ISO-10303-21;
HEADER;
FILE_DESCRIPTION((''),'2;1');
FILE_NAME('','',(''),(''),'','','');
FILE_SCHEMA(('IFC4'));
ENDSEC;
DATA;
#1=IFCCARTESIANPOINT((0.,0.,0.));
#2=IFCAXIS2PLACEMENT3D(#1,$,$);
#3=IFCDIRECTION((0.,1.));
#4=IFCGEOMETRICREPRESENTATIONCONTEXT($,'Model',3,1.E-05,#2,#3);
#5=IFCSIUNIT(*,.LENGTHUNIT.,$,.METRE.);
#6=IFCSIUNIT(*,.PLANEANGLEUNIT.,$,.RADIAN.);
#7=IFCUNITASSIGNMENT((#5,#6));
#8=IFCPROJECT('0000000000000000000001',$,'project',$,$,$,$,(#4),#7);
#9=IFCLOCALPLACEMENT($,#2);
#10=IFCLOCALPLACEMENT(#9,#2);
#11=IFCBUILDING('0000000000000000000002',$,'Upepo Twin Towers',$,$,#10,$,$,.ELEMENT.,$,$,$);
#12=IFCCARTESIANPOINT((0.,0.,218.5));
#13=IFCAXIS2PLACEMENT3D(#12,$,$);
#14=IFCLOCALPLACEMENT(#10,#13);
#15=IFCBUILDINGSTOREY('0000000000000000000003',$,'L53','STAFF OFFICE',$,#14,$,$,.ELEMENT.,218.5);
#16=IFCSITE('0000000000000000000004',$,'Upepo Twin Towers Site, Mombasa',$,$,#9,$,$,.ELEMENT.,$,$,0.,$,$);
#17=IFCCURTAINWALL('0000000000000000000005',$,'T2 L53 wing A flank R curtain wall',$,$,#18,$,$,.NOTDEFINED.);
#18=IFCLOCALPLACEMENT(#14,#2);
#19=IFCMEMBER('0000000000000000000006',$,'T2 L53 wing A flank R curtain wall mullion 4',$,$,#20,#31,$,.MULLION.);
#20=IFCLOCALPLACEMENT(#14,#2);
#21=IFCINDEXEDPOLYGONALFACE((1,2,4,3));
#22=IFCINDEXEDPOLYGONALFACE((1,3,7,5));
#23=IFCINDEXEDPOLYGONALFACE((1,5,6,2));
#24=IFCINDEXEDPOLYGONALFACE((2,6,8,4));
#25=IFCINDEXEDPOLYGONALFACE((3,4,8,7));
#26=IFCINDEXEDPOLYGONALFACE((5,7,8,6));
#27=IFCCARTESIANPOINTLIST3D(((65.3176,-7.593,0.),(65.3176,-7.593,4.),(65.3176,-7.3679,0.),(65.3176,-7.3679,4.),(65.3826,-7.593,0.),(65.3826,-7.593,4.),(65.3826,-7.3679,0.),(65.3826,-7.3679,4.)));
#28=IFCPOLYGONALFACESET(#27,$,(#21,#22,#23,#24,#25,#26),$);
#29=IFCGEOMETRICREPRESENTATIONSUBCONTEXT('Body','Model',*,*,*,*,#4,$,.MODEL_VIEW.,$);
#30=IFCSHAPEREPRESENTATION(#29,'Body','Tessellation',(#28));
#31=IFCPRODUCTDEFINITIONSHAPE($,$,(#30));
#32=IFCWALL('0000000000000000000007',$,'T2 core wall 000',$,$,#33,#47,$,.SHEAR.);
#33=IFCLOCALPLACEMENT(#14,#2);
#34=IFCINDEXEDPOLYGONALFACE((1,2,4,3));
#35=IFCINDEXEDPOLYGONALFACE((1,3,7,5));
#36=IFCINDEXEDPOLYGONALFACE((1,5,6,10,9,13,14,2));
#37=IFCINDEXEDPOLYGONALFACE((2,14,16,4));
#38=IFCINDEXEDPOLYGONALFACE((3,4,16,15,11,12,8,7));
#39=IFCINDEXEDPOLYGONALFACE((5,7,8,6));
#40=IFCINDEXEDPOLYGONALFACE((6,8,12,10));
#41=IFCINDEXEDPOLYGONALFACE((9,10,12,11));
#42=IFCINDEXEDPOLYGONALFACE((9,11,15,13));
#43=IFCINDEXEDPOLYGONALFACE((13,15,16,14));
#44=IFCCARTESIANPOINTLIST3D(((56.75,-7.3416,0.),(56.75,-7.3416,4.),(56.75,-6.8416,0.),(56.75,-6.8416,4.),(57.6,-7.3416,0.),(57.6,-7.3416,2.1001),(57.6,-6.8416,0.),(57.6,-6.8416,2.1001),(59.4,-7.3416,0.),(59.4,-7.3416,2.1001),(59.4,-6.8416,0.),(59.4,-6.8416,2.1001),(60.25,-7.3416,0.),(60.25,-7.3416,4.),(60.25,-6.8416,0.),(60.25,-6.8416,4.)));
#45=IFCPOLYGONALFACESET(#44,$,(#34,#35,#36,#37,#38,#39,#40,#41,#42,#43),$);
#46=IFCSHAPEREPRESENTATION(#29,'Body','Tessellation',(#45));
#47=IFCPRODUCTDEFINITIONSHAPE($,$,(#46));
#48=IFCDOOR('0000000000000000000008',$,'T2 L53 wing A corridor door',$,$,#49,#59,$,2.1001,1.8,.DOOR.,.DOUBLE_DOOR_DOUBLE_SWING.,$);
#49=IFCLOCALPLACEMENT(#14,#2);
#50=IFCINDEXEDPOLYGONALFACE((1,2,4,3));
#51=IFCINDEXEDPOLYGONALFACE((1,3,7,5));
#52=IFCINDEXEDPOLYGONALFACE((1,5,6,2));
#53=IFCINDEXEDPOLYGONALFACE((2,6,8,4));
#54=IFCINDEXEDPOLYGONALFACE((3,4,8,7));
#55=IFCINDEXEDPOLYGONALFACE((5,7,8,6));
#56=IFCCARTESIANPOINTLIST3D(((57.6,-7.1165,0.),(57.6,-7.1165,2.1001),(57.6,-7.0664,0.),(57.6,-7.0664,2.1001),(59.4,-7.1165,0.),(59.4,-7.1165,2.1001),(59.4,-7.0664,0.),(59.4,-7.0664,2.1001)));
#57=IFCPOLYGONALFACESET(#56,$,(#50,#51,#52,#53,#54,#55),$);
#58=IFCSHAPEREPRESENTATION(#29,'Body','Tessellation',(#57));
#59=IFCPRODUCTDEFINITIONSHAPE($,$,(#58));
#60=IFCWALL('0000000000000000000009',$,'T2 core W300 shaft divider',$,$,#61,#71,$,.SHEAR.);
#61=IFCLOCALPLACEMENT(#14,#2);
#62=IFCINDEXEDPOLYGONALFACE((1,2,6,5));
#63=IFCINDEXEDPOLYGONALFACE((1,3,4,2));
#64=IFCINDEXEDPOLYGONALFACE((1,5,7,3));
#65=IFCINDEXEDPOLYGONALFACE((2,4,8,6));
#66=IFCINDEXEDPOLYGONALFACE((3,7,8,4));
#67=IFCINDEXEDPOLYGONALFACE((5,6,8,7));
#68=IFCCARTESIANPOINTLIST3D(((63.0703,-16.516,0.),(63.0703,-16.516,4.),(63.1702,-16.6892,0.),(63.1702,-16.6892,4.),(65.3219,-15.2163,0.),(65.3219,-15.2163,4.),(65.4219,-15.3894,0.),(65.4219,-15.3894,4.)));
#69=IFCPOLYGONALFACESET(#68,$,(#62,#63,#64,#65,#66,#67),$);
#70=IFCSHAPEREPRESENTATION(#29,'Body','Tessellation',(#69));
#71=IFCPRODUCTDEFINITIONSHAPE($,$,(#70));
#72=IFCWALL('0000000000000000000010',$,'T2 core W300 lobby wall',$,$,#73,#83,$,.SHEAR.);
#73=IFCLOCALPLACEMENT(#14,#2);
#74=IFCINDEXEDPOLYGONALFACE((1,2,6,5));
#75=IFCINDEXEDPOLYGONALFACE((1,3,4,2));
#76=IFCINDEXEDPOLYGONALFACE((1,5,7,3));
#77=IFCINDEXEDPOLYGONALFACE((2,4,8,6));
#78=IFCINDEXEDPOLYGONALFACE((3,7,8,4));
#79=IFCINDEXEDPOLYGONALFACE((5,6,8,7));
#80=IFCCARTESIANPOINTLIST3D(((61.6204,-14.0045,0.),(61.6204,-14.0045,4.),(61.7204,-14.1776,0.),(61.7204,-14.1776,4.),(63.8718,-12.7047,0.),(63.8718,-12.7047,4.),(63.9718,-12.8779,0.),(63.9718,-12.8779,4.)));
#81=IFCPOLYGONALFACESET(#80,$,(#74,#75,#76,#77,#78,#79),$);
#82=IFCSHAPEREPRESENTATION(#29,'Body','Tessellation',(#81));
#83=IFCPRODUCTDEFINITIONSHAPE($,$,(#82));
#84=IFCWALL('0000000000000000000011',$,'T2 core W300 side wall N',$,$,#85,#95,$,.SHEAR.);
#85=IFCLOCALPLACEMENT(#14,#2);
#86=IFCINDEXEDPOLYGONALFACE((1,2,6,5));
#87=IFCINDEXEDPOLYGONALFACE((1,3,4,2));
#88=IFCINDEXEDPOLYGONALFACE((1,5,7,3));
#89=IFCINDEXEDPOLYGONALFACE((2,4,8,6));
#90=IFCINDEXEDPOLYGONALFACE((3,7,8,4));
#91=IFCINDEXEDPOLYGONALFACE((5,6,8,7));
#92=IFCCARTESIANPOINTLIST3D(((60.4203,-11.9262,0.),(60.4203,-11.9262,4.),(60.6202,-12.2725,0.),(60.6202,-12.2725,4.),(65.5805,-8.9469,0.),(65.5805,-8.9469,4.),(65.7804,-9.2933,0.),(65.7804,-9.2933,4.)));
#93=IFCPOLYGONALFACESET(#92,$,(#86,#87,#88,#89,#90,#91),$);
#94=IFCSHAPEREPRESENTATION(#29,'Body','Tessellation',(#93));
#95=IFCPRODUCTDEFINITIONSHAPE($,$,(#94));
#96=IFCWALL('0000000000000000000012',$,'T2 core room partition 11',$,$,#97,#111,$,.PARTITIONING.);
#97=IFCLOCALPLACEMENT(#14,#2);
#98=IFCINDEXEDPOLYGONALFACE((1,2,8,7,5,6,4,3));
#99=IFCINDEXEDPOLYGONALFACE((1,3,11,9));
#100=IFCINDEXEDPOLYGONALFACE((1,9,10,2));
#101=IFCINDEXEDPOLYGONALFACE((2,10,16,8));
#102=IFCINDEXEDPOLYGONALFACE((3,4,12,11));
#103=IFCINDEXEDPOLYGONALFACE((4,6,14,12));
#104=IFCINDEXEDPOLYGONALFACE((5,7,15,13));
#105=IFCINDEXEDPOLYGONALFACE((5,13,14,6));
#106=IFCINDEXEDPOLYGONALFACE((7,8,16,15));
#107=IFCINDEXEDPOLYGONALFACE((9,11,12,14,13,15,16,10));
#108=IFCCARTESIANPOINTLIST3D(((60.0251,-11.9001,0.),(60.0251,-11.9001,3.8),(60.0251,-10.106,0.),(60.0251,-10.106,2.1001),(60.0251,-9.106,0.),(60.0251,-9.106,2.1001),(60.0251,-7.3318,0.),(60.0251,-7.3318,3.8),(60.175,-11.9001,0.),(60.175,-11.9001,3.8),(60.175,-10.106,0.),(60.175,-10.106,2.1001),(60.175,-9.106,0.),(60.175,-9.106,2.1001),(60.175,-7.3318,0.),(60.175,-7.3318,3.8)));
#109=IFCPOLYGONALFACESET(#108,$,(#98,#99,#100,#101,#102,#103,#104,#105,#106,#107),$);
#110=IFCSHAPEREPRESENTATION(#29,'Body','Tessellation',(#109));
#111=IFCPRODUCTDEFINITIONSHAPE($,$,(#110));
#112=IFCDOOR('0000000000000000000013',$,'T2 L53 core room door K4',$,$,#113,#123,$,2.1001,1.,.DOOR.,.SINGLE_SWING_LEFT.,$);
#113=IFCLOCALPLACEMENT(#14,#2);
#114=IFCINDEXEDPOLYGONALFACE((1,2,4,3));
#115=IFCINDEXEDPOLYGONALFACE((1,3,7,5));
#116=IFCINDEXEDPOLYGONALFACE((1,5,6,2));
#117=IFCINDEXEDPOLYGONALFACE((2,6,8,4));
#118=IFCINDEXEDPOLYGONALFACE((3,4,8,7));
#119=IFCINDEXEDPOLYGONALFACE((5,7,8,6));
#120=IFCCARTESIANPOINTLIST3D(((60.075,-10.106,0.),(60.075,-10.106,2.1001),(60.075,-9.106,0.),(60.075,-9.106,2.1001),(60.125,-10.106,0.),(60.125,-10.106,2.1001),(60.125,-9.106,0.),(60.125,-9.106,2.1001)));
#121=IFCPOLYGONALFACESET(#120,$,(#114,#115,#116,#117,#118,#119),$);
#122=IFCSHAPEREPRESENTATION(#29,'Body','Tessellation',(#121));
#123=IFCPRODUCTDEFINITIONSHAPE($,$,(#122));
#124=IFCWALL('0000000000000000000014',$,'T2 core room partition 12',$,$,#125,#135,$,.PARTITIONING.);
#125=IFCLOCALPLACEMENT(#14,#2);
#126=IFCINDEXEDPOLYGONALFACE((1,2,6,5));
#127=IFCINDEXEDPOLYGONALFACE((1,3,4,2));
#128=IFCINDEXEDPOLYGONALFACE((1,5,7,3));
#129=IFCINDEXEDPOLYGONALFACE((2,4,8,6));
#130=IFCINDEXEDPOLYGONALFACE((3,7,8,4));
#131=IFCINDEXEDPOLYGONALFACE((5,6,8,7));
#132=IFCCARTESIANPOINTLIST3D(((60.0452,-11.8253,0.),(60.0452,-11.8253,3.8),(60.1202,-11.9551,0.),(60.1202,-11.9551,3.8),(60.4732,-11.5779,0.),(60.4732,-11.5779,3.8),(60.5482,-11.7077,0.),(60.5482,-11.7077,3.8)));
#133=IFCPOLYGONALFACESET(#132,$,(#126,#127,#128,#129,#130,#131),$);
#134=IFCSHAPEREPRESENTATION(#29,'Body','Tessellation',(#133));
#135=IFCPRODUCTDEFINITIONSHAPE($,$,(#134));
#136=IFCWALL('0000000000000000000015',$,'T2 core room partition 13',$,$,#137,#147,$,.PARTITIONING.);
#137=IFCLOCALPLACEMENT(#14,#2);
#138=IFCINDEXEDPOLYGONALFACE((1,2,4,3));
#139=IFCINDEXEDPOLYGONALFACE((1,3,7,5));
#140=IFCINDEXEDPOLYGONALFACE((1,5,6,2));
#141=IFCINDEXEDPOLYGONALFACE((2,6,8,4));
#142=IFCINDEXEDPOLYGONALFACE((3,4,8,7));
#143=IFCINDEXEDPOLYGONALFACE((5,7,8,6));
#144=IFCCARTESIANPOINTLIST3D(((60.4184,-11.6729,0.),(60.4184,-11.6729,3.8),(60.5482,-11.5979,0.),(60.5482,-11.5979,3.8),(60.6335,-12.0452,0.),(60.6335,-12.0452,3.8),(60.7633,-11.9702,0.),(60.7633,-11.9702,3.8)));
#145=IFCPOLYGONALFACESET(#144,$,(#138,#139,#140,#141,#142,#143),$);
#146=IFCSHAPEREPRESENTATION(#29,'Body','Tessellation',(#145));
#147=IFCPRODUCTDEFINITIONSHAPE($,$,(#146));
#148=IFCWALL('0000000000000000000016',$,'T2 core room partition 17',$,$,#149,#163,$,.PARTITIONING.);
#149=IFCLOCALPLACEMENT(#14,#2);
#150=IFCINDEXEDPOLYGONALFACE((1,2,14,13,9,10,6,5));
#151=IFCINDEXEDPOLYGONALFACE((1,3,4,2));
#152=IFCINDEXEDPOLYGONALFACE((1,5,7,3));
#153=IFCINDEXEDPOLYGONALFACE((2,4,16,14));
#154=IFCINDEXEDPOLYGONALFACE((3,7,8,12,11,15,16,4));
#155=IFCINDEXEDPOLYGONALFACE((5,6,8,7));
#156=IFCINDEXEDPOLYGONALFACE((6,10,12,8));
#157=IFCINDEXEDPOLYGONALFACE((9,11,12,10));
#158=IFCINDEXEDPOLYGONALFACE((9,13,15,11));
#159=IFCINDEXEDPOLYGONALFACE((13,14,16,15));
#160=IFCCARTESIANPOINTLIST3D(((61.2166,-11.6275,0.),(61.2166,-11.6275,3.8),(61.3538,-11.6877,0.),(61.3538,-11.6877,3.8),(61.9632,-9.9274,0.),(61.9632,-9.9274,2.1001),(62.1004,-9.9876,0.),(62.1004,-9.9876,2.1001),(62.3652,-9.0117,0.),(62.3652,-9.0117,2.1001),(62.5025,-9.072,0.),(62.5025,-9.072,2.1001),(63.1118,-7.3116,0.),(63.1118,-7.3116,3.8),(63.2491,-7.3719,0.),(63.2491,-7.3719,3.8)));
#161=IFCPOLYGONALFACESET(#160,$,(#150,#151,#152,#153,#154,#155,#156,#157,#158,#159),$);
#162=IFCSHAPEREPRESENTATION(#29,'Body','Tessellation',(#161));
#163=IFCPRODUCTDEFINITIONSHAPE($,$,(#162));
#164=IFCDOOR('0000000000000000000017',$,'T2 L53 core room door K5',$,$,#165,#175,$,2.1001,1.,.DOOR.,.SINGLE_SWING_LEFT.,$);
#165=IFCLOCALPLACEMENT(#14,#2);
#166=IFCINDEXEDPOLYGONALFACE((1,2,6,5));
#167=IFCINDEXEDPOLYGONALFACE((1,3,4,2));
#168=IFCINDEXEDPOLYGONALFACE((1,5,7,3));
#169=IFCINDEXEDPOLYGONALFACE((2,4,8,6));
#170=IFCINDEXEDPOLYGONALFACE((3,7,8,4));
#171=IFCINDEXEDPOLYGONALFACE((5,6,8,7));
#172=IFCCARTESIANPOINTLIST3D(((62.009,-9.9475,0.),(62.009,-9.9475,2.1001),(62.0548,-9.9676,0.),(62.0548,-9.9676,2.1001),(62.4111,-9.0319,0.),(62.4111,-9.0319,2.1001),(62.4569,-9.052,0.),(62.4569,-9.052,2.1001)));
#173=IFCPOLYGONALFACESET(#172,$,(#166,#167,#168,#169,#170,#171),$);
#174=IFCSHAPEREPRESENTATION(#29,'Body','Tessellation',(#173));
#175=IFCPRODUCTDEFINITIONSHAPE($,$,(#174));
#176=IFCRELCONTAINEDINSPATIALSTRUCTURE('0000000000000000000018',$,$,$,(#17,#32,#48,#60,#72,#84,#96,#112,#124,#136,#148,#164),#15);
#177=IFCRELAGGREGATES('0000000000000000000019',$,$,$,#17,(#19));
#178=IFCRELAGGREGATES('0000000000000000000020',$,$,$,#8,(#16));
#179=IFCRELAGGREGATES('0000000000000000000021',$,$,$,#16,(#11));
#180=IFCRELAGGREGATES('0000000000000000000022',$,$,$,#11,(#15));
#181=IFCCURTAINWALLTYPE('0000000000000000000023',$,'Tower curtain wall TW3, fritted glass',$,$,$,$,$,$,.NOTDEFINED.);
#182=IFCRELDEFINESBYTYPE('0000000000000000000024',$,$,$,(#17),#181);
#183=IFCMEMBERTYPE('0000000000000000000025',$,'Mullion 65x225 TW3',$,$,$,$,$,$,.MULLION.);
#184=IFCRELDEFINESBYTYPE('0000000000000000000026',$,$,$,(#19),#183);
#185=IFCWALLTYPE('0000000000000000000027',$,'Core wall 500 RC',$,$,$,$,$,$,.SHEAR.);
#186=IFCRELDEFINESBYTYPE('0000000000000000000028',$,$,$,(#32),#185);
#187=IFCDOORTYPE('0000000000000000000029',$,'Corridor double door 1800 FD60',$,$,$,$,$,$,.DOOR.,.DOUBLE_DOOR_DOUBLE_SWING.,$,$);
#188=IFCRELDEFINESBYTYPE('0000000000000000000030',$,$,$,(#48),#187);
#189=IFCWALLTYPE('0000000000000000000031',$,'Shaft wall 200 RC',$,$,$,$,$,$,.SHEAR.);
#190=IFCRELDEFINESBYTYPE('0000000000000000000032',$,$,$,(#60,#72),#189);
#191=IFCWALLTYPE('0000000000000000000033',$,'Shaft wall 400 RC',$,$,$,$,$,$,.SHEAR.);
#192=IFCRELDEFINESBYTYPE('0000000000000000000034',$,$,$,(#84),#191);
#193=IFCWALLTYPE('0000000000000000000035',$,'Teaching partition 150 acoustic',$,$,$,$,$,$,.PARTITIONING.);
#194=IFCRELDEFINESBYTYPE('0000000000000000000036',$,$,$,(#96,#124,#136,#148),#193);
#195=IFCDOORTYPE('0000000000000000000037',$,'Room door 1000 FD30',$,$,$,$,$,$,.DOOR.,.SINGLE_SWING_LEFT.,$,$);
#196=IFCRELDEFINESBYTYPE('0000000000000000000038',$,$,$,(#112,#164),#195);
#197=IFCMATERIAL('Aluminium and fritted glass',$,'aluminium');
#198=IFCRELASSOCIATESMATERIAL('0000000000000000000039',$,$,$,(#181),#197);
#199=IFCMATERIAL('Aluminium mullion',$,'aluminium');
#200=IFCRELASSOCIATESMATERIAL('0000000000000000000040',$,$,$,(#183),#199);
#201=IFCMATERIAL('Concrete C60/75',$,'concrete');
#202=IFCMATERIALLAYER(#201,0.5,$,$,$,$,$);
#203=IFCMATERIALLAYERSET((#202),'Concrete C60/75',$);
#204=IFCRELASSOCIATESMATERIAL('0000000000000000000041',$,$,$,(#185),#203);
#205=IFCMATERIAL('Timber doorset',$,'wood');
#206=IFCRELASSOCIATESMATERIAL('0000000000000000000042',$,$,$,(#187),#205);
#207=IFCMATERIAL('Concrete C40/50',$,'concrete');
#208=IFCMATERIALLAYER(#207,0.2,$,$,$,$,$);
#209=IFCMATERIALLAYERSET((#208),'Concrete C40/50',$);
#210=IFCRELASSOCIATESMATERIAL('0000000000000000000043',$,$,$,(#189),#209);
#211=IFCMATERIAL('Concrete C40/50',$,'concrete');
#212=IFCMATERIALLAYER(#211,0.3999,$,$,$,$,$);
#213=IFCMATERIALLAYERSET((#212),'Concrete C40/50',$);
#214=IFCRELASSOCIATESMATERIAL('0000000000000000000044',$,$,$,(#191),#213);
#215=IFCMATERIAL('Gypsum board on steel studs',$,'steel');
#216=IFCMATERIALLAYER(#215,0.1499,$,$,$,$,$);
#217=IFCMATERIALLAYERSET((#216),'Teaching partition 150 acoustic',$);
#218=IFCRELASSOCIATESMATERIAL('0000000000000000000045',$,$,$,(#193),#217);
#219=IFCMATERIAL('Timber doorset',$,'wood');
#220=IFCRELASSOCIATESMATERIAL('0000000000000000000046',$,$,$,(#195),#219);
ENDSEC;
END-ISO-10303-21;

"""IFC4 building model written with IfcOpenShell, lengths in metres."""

from ifc_helpers import new_model, si_unit, direction, frame, frame_2d, origin, origin_2d, place, context, subcontext, project, spatial, rectangle, extrude, material, layer, layer_set, material_profile, profile_set, type_object, element, fill, aggregate, save


model = new_model("IFC4")

# Units and contexts
model_context = context("Model", 3, precision=1e-05, world=origin(), true_north=direction((0.0, 1.0)))
body_context = subcontext(model_context, "Body", "Model", "MODEL_VIEW")
ifc_project = project(units=[si_unit("LENGTHUNIT", "METRE"), si_unit("PLANEANGLEUNIT", "RADIAN")], contexts=[model_context])

# Site, building, storey
site_placement = place(None, origin())
site = spatial("IfcSite", under=ifc_project, at=site_placement, Name="Upepo Twin Towers Site, Mombasa", CompositionType="ELEMENT", RefElevation=0.0)
building_placement = place(site_placement, origin())
building = spatial("IfcBuilding", under=site, at=building_placement, Name="Upepo Twin Towers", CompositionType="ELEMENT")
storey_placement = place(building_placement, frame((0.0, 0.0, 218.5)))
storey = spatial("IfcBuildingStorey", under=building, at=storey_placement, Name="L53", Description="STAFF OFFICE", CompositionType="ELEMENT", Elevation=218.5)

# Curtain wall, member
ifc_material_1 = material(Name="Aluminium and fritted glass", Category="aluminium")
curtain_wall_type = type_object("IfcCurtainWallType", Name="Tower curtain wall TW3, fritted glass", PredefinedType="NOTDEFINED", material=ifc_material_1)
curtain_wall_placement = place(storey_placement, origin())
curtain_wall = element("IfcCurtainWall", 1, at=curtain_wall_placement, inside=storey, type_object=curtain_wall_type, Name="T2 L53 wing A flank R curtain wall", PredefinedType="NOTDEFINED")
ifc_material_2 = material(Name="Aluminium mullion", Category="aluminium")
ifc_material_profile = material_profile(ifc_material_2, rectangle(XDim=0.0649, YDim=0.2251, at=origin_2d()), Name="MULLION 65x225")
ifc_profile_set = profile_set([ifc_material_profile], Name="Aluminium mullion")
member_type = type_object("IfcMemberType", Name="Mullion 65x225 TW3", PredefinedType="MULLION", material=ifc_profile_set)
member_placement = place(storey_placement, frame((65.3501, -7.4805, 0.0), z_axis=(0.0, 0.0, 1.0), x_axis=(1.0, 0.0, 0.0)))
member = element("IfcMember", 2, at=member_placement, type_object=member_type, Name="T2 L53 wing A flank R curtain wall mullion 4", PredefinedType="MULLION", context=body_context, shape_type="SweptSolid", body=[
    extrude(rectangle(XDim=0.0649, YDim=0.2251, at=origin_2d()), origin(), (0.0, 0.0, 1.0), 4.0),
])
aggregate(curtain_wall, [member])

# Wall, opening, door
ifc_material_3 = material(Name="Concrete C60/75", Category="concrete")
ifc_layer_1 = layer(ifc_material_3, 0.5)
ifc_layer_set_1 = layer_set([ifc_layer_1], Name="Concrete C60/75")
wall_type_1 = type_object("IfcWallType", Name="Core wall 500 RC", PredefinedType="SHEAR", material=ifc_layer_set_1)
wall_1_placement = place(storey_placement, frame((60.25, -7.0916, 0.0), z_axis=(0.0, 0.0, 1.0), x_axis=(-1.0, 0.0, 0.0)))
wall_1 = element("IfcWall", 3, at=wall_1_placement, inside=storey, type_object=wall_type_1, Name="T2 core wall 000", PredefinedType="SHEAR", context=body_context, shape_type="SweptSolid", body=[
    extrude(rectangle(XDim=3.5, YDim=0.5, at=frame_2d((1.75, 0.0))), origin(), (0.0, 0.0, 1.0), 4.0),
])
opening_1_placement = place(wall_1_placement, frame((0.8501, 0.0, 0.0)))
opening_1 = element("IfcOpeningElement", 4, at=opening_1_placement, cuts=wall_1, PredefinedType="OPENING", context=body_context, shape_type="SweptSolid", body=[
    extrude(rectangle(XDim=1.8, YDim=2.1001, at=frame_2d((0.8999, 1.05))), frame((0.0, 0.26, 0.0), z_axis=(0.0, -1.0, 0.0), x_axis=(1.0, 0.0, 0.0)), (0.0, 0.0, 1.0), 0.52),
])
ifc_material_4 = material(Name="Timber doorset", Category="wood")
door_type_1 = type_object("IfcDoorType", Name="Corridor double door 1800 FD60", OperationType="DOUBLE_DOOR_DOUBLE_SWING", PredefinedType="DOOR", material=ifc_material_4)
door_1_placement = place(opening_1_placement, origin())
door_1 = element("IfcDoor", 5, at=door_1_placement, inside=storey, type_object=door_type_1, Name="T2 L53 wing A corridor door", OperationType="DOUBLE_DOOR_DOUBLE_SWING", OverallHeight=2.1001, OverallWidth=1.8, PredefinedType="DOOR", context=body_context, shape_type="SweptSolid", body=[
    extrude(rectangle(XDim=1.8, YDim=2.1001, at=frame_2d((0.8999, 1.05))), frame((0.0, 0.0249, 0.0), z_axis=(0.0, -1.0, 0.0), x_axis=(1.0, 0.0, 0.0)), (0.0, 0.0, 1.0), 0.05),
])
fill(opening_1, door_1)

# Walls
ifc_material_5 = material(Name="Concrete C40/50", Category="concrete")
ifc_layer_2 = layer(ifc_material_5, 0.2)
ifc_layer_set_2 = layer_set([ifc_layer_2], Name="Concrete C40/50")
wall_type_2 = type_object("IfcWallType", Name="Shaft wall 200 RC", PredefinedType="SHEAR", material=ifc_layer_set_2)
wall_2_placement = place(storey_placement, frame((63.1204, -16.6025, 0.0), z_axis=(0.0, 0.0, 1.0), x_axis=(0.866062, 0.499937, 0.0)))
element("IfcWall", 6, at=wall_2_placement, inside=storey, type_object=wall_type_2, Name="T2 core W300 shaft divider", PredefinedType="SHEAR", context=body_context, shape_type="SweptSolid", body=[
    extrude(rectangle(XDim=2.5999, YDim=0.2, at=frame_2d((1.2998, 0.0))), origin(), (0.0, 0.0, 1.0), 4.0),
])
wall_3_placement = place(storey_placement, frame((61.6704, -14.0911, 0.0), z_axis=(0.0, 0.0, 1.0), x_axis=(0.866039, 0.499977, 0.0)))
element("IfcWall", 7, at=wall_3_placement, inside=storey, type_object=wall_type_2, Name="T2 core W300 lobby wall", PredefinedType="SHEAR", context=body_context, shape_type="SweptSolid", body=[
    extrude(rectangle(XDim=2.5996, YDim=0.2, at=frame_2d((1.2998, 0.0))), origin(), (0.0, 0.0, 1.0), 4.0),
])
ifc_material_6 = material(Name="Concrete C40/50", Category="concrete")
ifc_layer_3 = layer(ifc_material_6, 0.3999)
ifc_layer_set_3 = layer_set([ifc_layer_3], Name="Concrete C40/50")
wall_type_3 = type_object("IfcWallType", Name="Shaft wall 400 RC", PredefinedType="SHEAR", material=ifc_layer_set_3)
wall_4_placement = place(storey_placement, frame((60.5203, -12.0994, 0.0), z_axis=(0.0, 0.0, 1.0), x_axis=(0.866023, 0.500004, 0.0)))
element("IfcWall", 8, at=wall_4_placement, inside=storey, type_object=wall_type_3, Name="T2 core W300 side wall N", PredefinedType="SHEAR", context=body_context, shape_type="SweptSolid", body=[
    extrude(rectangle(XDim=5.9585, YDim=0.3999, at=frame_2d((2.9792, 0.0))), origin(), (0.0, 0.0, 1.0), 4.0),
])

# Wall, opening, door
ifc_material_7 = material(Name="Gypsum board on steel studs", Category="steel")
ifc_layer_4 = layer(ifc_material_7, 0.1499)
ifc_layer_set_4 = layer_set([ifc_layer_4], Name="Teaching partition 150 acoustic")
wall_type_4 = type_object("IfcWallType", Name="Teaching partition 150 acoustic", PredefinedType="PARTITIONING", material=ifc_layer_set_4)
wall_5_placement = place(storey_placement, frame((60.1001, -7.3318, 0.0), z_axis=(0.0, 0.0, 1.0), x_axis=(0.0, -1.0, 0.0)))
wall_5 = element("IfcWall", 9, at=wall_5_placement, inside=storey, type_object=wall_type_4, Name="T2 core room partition 11", PredefinedType="PARTITIONING", context=body_context, shape_type="SweptSolid", body=[
    extrude(rectangle(XDim=4.5684, YDim=0.1499, at=frame_2d((2.2842, 0.0))), origin(), (0.0, 0.0, 1.0), 3.8),
])
opening_2_placement = place(wall_5_placement, frame((1.7742, 0.0, 0.0)))
opening_2 = element("IfcOpeningElement", 10, at=opening_2_placement, cuts=wall_5, PredefinedType="OPENING", context=body_context, shape_type="SweptSolid", body=[
    extrude(rectangle(XDim=1.0, YDim=2.1001, at=frame_2d((0.5, 1.05))), frame((0.0, 0.085, 0.0), z_axis=(0.0, -1.0, 0.0), x_axis=(1.0, 0.0, 0.0)), (0.0, 0.0, 1.0), 0.1699),
])
ifc_material_8 = material(Name="Timber doorset", Category="wood")
door_type_2 = type_object("IfcDoorType", Name="Room door 1000 FD30", OperationType="SINGLE_SWING_LEFT", PredefinedType="DOOR", material=ifc_material_8)
door_2_placement = place(opening_2_placement, origin())
door_2 = element("IfcDoor", 11, at=door_2_placement, inside=storey, type_object=door_type_2, Name="T2 L53 core room door K4", OperationType="SINGLE_SWING_LEFT", OverallHeight=2.1001, OverallWidth=1.0, PredefinedType="DOOR", context=body_context, shape_type="SweptSolid", body=[
    extrude(rectangle(XDim=1.0, YDim=2.1001, at=frame_2d((0.5, 1.05))), frame((0.0, 0.0249, 0.0), z_axis=(0.0, -1.0, 0.0), x_axis=(1.0, 0.0, 0.0)), (0.0, 0.0, 1.0), 0.05),
])
fill(opening_2, door_2)

# Walls
wall_6_placement = place(storey_placement, frame((60.0828, -11.8901, 0.0), z_axis=(0.0, 0.0, 1.0), x_axis=(0.865832, 0.500335, 0.0)))
element("IfcWall", 12, at=wall_6_placement, inside=storey, type_object=wall_type_4, Name="T2 core room partition 12", PredefinedType="PARTITIONING", context=body_context, shape_type="SweptSolid", body=[
    extrude(rectangle(XDim=0.4944, YDim=0.1499, at=frame_2d((0.2471, 0.0))), origin(), (0.0, 0.0, 1.0), 3.8),
])
wall_7_placement = place(storey_placement, frame((60.4834, -11.6355, 0.0), z_axis=(0.0, 0.0, 1.0), x_axis=(0.50023, -0.865892, 0.0)))
element("IfcWall", 13, at=wall_7_placement, inside=storey, type_object=wall_type_4, Name="T2 core room partition 13", PredefinedType="PARTITIONING", context=body_context, shape_type="SweptSolid", body=[
    extrude(rectangle(XDim=0.4299, YDim=0.1499, at=frame_2d((0.2148, 0.0))), origin(), (0.0, 0.0, 1.0), 3.8),
])

# Wall, opening, door
wall_8_placement = place(storey_placement, frame((61.2852, -11.6577, 0.0), z_axis=(0.0, 0.0, 1.0), x_axis=(0.402074, 0.915607, 0.0)))
wall_8 = element("IfcWall", 14, at=wall_8_placement, inside=storey, type_object=wall_type_4, Name="T2 core room partition 17", PredefinedType="PARTITIONING", context=body_context, shape_type="SweptSolid", body=[
    extrude(rectangle(XDim=4.7136, YDim=0.1499, at=frame_2d((2.3569, 0.0))), origin(), (0.0, 0.0, 1.0), 3.8),
])
opening_3_placement = place(wall_8_placement, frame((1.8569, 0.0, 0.0)))
opening_3 = element("IfcOpeningElement", 15, at=opening_3_placement, cuts=wall_8, PredefinedType="OPENING", context=body_context, shape_type="SweptSolid", body=[
    extrude(rectangle(XDim=1.0, YDim=2.1001, at=frame_2d((0.5, 1.05))), frame((0.0, 0.085, 0.0), z_axis=(0.0, -1.0, 0.0), x_axis=(1.0, 0.0, 0.0)), (0.0, 0.0, 1.0), 0.1699),
])
door_3_placement = place(opening_3_placement, origin())
door_3 = element("IfcDoor", 16, at=door_3_placement, inside=storey, type_object=door_type_2, Name="T2 L53 core room door K5", OperationType="SINGLE_SWING_LEFT", OverallHeight=2.1001, OverallWidth=1.0, PredefinedType="DOOR", context=body_context, shape_type="SweptSolid", body=[
    extrude(rectangle(XDim=1.0, YDim=2.1001, at=frame_2d((0.5, 1.05))), frame((0.0, 0.0249, 0.0), z_axis=(0.0, -1.0, 0.0), x_axis=(1.0, 0.0, 0.0)), (0.0, 0.0, 1.0), 0.05),
])
fill(opening_3, door_3)

save(model, "model.ifc")
